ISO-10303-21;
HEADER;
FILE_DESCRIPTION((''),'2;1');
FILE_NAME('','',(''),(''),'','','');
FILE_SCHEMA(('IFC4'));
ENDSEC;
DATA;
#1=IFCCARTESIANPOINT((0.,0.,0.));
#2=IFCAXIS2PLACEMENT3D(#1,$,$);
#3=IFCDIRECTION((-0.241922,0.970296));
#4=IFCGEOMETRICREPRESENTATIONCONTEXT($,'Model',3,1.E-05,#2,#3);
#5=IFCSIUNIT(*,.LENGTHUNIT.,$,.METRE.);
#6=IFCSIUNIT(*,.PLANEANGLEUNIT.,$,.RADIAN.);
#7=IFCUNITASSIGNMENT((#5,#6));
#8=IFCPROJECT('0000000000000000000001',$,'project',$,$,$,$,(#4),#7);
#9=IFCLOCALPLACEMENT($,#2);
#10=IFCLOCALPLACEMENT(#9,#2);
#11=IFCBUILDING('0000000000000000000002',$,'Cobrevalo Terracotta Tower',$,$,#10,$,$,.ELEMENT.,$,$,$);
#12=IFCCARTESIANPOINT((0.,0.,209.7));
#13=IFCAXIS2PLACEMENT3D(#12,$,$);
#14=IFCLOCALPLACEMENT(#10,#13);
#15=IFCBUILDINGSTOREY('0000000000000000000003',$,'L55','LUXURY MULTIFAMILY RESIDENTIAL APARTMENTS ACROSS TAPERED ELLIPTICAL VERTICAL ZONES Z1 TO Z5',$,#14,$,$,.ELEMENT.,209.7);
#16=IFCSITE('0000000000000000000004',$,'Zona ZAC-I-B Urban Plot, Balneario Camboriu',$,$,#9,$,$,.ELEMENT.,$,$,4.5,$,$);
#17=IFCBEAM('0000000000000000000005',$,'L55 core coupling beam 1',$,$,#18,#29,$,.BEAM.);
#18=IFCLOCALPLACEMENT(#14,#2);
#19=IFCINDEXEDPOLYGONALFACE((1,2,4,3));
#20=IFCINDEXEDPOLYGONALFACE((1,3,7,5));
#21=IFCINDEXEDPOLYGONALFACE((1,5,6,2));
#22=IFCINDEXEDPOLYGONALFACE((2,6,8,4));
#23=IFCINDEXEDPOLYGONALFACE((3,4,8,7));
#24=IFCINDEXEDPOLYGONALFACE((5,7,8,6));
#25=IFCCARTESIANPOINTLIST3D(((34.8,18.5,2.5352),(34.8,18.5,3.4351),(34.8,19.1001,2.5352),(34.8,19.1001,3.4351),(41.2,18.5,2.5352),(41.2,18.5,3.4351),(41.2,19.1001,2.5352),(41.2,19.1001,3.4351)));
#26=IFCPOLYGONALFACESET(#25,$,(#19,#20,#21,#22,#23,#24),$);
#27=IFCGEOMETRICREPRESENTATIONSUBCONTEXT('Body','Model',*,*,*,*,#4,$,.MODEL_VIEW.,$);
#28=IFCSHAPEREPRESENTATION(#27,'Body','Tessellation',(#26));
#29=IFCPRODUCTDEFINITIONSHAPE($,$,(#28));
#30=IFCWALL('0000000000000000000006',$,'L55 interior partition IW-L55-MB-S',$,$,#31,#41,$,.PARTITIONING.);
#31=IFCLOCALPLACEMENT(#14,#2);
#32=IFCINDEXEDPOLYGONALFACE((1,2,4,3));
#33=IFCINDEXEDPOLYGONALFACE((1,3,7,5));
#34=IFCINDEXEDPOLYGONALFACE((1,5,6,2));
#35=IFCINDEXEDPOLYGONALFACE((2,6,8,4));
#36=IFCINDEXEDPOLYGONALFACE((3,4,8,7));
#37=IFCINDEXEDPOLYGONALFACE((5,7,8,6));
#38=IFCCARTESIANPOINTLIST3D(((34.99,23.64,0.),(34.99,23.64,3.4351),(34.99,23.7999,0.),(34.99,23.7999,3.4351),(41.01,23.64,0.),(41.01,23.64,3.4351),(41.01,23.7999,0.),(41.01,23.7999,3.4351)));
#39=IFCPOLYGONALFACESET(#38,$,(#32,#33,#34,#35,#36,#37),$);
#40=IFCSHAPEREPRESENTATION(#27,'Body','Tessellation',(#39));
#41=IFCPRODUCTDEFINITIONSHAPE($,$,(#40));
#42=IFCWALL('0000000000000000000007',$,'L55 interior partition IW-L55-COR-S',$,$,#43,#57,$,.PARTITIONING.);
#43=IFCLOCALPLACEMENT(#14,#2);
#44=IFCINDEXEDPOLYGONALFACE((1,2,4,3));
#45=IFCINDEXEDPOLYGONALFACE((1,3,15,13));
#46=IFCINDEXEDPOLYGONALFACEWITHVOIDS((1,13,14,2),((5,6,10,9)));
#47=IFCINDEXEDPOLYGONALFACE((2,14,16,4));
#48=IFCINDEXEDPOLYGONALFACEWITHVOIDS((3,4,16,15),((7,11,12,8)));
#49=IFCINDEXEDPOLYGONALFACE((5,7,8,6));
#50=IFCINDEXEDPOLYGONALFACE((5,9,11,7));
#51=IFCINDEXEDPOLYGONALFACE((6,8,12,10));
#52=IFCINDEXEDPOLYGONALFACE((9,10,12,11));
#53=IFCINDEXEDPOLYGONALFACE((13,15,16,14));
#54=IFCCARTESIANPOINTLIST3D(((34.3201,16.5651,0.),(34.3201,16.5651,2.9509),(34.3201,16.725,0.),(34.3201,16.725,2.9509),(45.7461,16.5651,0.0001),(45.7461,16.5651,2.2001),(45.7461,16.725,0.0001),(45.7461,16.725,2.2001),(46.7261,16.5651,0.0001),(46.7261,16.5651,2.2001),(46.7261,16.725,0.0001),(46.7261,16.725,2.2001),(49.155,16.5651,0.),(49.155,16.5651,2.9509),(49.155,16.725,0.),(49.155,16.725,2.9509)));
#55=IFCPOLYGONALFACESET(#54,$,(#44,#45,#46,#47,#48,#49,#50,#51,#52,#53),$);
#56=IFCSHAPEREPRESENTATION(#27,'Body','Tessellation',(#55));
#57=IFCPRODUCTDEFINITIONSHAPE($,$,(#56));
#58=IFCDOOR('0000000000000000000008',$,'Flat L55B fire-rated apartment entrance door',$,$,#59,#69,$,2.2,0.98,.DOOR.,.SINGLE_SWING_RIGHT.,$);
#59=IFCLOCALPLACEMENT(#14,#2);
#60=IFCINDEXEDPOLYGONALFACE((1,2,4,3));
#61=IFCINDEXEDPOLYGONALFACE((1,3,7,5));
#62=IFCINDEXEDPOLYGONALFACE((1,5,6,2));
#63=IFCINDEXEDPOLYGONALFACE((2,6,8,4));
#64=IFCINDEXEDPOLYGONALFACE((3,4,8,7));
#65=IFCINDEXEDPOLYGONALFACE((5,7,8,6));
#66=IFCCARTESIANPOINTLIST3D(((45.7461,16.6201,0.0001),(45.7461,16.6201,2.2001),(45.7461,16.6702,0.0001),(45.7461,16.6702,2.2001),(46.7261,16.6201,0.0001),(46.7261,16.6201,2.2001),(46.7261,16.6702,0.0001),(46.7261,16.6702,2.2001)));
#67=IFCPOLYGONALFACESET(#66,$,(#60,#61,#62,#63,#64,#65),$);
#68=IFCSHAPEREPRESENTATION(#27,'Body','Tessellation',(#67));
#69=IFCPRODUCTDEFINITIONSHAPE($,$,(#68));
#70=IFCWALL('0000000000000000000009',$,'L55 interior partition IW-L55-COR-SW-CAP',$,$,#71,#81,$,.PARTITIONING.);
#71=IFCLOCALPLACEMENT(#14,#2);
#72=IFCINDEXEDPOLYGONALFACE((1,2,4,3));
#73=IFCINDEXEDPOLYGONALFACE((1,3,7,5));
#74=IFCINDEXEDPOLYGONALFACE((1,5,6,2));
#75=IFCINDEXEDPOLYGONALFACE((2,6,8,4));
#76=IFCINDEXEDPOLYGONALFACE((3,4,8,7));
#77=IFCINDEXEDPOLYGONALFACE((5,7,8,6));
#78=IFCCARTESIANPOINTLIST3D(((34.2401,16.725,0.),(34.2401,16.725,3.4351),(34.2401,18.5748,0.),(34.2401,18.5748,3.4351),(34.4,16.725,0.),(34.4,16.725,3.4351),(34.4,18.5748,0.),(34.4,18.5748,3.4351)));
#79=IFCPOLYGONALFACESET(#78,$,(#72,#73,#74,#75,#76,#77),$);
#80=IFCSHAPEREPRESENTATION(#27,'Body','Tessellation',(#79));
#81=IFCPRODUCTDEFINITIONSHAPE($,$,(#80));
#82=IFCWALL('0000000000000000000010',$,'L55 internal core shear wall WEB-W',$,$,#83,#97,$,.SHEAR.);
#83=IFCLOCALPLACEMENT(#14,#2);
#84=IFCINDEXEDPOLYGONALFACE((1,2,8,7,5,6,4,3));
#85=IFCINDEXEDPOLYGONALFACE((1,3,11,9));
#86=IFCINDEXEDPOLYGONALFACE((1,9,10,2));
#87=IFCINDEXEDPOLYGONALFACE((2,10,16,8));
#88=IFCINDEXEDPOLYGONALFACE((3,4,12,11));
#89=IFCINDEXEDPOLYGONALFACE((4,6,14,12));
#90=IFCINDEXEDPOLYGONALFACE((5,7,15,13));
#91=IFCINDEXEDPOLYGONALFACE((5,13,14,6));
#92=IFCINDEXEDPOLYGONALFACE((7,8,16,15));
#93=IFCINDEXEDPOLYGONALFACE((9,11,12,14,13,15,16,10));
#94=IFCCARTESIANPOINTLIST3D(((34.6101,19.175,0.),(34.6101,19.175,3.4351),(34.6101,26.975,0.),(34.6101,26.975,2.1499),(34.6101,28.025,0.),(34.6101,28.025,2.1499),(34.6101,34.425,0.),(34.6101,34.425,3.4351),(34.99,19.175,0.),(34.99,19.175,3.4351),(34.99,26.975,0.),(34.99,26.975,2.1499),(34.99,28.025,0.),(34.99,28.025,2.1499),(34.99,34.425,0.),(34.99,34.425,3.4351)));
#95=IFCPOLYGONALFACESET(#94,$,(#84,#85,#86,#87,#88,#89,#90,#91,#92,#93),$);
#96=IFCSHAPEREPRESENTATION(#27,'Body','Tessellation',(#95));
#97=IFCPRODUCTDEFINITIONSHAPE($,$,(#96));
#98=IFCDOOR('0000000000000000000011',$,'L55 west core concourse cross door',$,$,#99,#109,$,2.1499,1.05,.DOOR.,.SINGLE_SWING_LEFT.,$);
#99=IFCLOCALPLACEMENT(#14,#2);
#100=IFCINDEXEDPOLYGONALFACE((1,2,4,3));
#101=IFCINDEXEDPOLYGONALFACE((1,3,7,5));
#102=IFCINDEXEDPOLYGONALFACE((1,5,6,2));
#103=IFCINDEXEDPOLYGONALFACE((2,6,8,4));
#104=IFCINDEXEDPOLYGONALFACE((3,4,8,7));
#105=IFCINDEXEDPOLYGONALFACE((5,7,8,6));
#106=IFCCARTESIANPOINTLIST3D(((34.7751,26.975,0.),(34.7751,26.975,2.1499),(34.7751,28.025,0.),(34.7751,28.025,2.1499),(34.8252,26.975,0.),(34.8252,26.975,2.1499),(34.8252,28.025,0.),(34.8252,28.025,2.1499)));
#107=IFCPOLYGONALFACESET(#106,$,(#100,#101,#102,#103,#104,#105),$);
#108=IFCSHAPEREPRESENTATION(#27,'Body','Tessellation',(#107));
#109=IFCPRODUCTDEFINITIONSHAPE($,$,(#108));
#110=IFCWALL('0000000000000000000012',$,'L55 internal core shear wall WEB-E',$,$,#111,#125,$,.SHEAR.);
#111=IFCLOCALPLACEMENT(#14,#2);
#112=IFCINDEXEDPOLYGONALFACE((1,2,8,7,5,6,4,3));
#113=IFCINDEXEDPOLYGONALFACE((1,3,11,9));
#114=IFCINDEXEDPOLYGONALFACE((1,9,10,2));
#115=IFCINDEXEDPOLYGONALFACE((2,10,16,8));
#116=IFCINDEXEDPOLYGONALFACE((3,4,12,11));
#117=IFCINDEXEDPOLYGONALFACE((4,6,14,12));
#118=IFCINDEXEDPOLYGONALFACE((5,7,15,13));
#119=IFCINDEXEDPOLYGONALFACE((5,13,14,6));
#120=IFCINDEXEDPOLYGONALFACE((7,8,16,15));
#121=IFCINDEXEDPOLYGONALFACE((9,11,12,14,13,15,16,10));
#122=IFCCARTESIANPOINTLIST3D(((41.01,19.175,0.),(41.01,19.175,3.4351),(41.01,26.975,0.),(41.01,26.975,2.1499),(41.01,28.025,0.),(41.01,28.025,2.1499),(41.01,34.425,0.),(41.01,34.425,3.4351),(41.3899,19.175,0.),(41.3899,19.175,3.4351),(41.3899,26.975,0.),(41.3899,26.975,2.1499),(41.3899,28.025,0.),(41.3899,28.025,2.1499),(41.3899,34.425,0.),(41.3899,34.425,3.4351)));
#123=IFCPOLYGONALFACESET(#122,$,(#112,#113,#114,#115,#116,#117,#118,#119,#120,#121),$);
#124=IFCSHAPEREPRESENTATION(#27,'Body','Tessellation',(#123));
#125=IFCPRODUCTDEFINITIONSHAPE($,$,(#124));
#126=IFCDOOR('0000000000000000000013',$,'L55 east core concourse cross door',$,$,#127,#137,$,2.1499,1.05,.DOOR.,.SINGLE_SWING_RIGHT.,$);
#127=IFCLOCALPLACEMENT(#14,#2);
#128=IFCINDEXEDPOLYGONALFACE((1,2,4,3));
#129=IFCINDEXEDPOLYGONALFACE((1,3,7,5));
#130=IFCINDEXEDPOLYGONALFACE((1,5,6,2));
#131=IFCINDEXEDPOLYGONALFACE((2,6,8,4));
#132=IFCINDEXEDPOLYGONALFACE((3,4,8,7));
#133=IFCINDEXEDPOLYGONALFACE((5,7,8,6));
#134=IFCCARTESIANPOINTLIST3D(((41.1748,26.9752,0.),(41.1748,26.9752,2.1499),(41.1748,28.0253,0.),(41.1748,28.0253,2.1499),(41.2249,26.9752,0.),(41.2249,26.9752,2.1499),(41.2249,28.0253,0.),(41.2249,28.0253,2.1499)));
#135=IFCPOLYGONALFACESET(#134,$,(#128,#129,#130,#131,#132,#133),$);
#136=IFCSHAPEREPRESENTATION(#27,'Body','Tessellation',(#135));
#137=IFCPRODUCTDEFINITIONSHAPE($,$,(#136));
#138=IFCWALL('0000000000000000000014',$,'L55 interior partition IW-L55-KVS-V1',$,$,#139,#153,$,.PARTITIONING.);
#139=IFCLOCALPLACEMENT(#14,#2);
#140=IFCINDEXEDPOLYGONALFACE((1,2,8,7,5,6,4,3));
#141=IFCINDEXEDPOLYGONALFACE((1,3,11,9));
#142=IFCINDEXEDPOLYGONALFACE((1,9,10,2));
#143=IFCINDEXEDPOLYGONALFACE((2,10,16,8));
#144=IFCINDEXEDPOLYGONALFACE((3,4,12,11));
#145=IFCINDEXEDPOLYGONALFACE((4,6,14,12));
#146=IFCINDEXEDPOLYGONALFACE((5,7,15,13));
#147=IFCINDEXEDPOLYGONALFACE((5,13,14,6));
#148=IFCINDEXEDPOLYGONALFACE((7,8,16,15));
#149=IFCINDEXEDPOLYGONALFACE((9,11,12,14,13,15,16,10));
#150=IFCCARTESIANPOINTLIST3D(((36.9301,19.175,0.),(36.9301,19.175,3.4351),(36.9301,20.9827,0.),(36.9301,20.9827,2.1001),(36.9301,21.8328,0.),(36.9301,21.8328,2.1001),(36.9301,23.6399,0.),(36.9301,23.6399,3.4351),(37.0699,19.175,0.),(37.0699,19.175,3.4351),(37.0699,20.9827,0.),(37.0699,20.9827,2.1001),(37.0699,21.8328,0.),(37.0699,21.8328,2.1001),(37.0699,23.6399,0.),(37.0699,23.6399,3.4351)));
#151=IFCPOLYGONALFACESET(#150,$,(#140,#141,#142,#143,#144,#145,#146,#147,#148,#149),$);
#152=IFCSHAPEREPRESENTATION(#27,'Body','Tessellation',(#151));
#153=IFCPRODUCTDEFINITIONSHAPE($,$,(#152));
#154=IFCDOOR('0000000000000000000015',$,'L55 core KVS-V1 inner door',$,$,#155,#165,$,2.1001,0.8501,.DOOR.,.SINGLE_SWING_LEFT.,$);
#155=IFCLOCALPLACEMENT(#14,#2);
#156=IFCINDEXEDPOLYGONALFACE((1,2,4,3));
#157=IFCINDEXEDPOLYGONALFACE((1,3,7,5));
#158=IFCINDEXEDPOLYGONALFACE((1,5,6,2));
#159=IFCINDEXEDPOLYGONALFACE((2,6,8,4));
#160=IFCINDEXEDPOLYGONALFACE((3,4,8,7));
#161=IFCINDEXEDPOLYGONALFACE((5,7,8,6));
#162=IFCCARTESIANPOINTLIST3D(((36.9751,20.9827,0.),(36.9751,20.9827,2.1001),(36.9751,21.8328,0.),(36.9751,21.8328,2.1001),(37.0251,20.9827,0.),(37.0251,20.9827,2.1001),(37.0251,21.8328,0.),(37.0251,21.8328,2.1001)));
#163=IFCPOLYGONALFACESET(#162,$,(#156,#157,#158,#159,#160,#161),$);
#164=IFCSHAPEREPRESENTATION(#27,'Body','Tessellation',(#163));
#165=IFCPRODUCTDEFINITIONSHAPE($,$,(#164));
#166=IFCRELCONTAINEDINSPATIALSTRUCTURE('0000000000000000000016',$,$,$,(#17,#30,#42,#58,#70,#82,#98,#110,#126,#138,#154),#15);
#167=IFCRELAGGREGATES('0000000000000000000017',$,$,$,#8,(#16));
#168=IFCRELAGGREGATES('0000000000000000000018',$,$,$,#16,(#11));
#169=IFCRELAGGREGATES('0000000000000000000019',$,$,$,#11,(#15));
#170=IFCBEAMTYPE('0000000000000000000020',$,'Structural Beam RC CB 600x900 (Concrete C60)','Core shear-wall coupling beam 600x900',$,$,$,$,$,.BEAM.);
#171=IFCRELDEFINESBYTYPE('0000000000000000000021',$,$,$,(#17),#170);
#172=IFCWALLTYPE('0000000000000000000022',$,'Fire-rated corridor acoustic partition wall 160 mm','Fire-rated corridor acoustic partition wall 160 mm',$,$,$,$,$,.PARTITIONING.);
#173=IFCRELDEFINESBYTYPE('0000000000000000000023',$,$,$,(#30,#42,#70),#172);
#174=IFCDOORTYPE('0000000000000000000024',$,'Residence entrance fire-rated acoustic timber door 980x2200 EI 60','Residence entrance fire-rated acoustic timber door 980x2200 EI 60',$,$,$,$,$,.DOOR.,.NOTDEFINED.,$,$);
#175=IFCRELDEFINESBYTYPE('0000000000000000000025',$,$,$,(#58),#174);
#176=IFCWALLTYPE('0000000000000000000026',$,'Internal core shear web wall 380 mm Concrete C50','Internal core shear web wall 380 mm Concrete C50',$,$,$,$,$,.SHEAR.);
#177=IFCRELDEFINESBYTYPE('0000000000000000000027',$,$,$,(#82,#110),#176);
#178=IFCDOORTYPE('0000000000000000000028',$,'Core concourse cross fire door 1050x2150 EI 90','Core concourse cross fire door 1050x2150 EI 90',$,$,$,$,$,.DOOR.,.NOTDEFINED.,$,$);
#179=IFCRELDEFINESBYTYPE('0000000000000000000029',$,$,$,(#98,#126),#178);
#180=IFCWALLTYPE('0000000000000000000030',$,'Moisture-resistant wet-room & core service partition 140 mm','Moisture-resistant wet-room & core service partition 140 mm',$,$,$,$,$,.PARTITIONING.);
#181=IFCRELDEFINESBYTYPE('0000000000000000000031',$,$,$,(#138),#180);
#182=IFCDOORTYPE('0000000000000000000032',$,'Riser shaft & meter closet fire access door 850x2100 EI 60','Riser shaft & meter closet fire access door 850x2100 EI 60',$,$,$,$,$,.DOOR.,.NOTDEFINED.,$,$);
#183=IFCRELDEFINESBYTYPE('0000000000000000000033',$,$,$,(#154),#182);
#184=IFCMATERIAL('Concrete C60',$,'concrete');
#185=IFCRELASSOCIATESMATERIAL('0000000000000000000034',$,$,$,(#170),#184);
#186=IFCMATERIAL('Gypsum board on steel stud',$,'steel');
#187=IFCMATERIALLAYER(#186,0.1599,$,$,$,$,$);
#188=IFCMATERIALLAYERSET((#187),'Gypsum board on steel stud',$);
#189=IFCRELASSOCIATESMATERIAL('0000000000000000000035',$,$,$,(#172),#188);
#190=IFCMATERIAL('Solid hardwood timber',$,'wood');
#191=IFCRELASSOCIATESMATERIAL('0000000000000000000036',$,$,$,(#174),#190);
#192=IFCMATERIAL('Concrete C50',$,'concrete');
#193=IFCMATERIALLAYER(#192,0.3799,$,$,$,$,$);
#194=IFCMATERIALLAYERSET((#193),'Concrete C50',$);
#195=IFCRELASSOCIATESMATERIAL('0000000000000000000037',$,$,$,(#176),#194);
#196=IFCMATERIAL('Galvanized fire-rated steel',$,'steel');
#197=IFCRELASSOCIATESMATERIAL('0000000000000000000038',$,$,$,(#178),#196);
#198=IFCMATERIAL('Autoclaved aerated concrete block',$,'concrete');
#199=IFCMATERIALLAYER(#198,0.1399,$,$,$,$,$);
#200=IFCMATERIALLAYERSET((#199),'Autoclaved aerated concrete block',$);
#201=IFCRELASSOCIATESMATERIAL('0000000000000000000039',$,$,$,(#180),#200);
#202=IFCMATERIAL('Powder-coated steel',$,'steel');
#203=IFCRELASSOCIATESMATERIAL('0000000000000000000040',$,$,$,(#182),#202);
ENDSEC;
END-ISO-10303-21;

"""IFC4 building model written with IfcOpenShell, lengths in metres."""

from ifc_helpers import new_model, si_unit, direction, frame, frame_2d, origin, origin_2d, place, context, subcontext, project, spatial, rectangle, extrude, source, transform, mapped, material, layer, layer_set, material_profile, profile_set, type_object, element, fill, save


model = new_model("IFC4")

# Units and contexts
model_context = context("Model", 3, precision=1e-05, world=origin(), true_north=direction((-0.241922, 0.970296)))
body_context = subcontext(model_context, "Body", "Model", "MODEL_VIEW")
ifc_project = project(units=[si_unit("LENGTHUNIT", "METRE"), si_unit("PLANEANGLEUNIT", "RADIAN")], contexts=[model_context])

# Site, building, storey
site_placement = place(None, origin())
site = spatial("IfcSite", under=ifc_project, at=site_placement, Name="Zona ZAC-I-B Urban Plot, Balneario Camboriu", CompositionType="ELEMENT", RefElevation=4.5)
building_placement = place(site_placement, origin())
building = spatial("IfcBuilding", under=site, at=building_placement, Name="Cobrevalo Terracotta Tower", CompositionType="ELEMENT")
storey_placement = place(building_placement, frame((0.0, 0.0, 209.7)))
storey = spatial("IfcBuildingStorey", under=building, at=storey_placement, Name="L55", Description="LUXURY MULTIFAMILY RESIDENTIAL APARTMENTS ACROSS TAPERED ELLIPTICAL VERTICAL ZONES Z1 TO Z5", CompositionType="ELEMENT", Elevation=209.7)

# Beam
ifc_material_1 = material(Name="Concrete C60", Category="concrete")
ifc_material_profile = material_profile(ifc_material_1, rectangle(XDim=0.6001, YDim=0.8999, at=origin_2d()), Name="RC CB 600x900")
ifc_profile_set = profile_set([ifc_material_profile], Name="Concrete C60")
beam_type = type_object("IfcBeamType", Name="Structural Beam RC CB 600x900 (Concrete C60)", Description="Core shear-wall coupling beam 600x900", PredefinedType="BEAM", material=ifc_profile_set)
beam_placement = place(storey_placement, frame((34.8, 18.8, 2.9851), z_axis=(1.0, 0.0, 0.0), x_axis=(0.0, 1.0, 0.0)))
element("IfcBeam", 1, at=beam_placement, inside=storey, type_object=beam_type, Name="L55 core coupling beam 1", PredefinedType="BEAM", context=body_context, shape_type="SweptSolid", body=[
    extrude(rectangle(XDim=0.6001, YDim=0.8999, at=origin_2d()), origin(), (0.0, 0.0, 1.0), 6.3999),
])

# Wall
ifc_material_2 = material(Name="Gypsum board on steel stud", Category="steel")
ifc_layer_1 = layer(ifc_material_2, 0.1599)
ifc_layer_set_1 = layer_set([ifc_layer_1], Name="Gypsum board on steel stud")
wall_type_1 = type_object("IfcWallType", Name="Fire-rated corridor acoustic partition wall 160 mm", Description="Fire-rated corridor acoustic partition wall 160 mm", PredefinedType="PARTITIONING", material=ifc_layer_set_1)
wall_1_placement = place(storey_placement, frame((34.99, 23.72, 0.0), z_axis=(0.0, 0.0, 1.0), x_axis=(1.0, 0.0, 0.0)))
element("IfcWall", 2, at=wall_1_placement, inside=storey, type_object=wall_type_1, Name="L55 interior partition IW-L55-MB-S", PredefinedType="PARTITIONING", context=body_context, shape_type="SweptSolid", body=[
    extrude(rectangle(XDim=6.02, YDim=0.1599, at=frame_2d((3.01, 0.0))), origin(), (0.0, 0.0, 1.0), 3.4351),
])

# Wall, opening, door
wall_2_placement = place(storey_placement, frame((34.3201, 16.645, 0.0), z_axis=(0.0, 0.0, 1.0), x_axis=(1.0, 0.0, 0.0)))
wall_2 = element("IfcWall", 3, at=wall_2_placement, inside=storey, type_object=wall_type_1, Name="L55 interior partition IW-L55-COR-S", PredefinedType="PARTITIONING", context=body_context, shape_type="SweptSolid", body=[
    extrude(rectangle(XDim=14.835, YDim=0.1599, at=frame_2d((7.4175, 0.0))), origin(), (0.0, 0.0, 1.0), 2.9509),
])
opening_1_placement = place(wall_2_placement, frame((11.426, 0.0, 0.0)))
opening_1 = element("IfcOpeningElement", 4, at=opening_1_placement, cuts=wall_2, PredefinedType="OPENING", context=body_context, shape_type="SweptSolid", body=[
    extrude(rectangle(XDim=0.98, YDim=2.2, at=frame_2d((0.49, 1.1001))), frame((0.0, 0.0898, 0.0), z_axis=(0.0, -1.0, 0.0), x_axis=(1.0, 0.0, 0.0)), (0.0, 0.0, 1.0), 0.1799),
])
ifc_material_3 = material(Name="Solid hardwood timber", Category="wood")
door_type_1 = type_object("IfcDoorType", Name="Residence entrance fire-rated acoustic timber door 980x2200 EI 60", Description="Residence entrance fire-rated acoustic timber door 980x2200 EI 60", OperationType="NOTDEFINED", PredefinedType="DOOR", material=ifc_material_3)
shared_shape_1 = source(origin(), body_context, "Body", "SweptSolid", [
    extrude(rectangle(XDim=0.98, YDim=2.2, at=frame_2d((0.49, 1.1001))), frame((0.0, 0.0249, 0.0), z_axis=(0.0, -1.0, 0.0), x_axis=(1.0, 0.0, 0.0)), (0.0, 0.0, 1.0), 0.05),
])
door_1_placement = place(opening_1_placement, frame((0.98, 0.0, 0.0), z_axis=(0.0, 0.0, 1.0), x_axis=(-1.0, 0.0, 0.0)))
door_1 = element("IfcDoor", 5, at=door_1_placement, inside=storey, type_object=door_type_1, Name="Flat L55B fire-rated apartment entrance door", OperationType="SINGLE_SWING_RIGHT", OverallHeight=2.2, OverallWidth=0.98, PredefinedType="DOOR", context=body_context, shape_type="MappedRepresentation", body=[
    mapped(shared_shape_1, transform((0.0, 0.0, 0.0), scale=1.0)),
])
fill(opening_1, door_1)

# Wall
wall_3_placement = place(storey_placement, frame((34.3201, 16.7251, 0.0), z_axis=(0.0, 0.0, 1.0), x_axis=(0.0, 1.0, 0.0)))
element("IfcWall", 6, at=wall_3_placement, inside=storey, type_object=wall_type_1, Name="L55 interior partition IW-L55-COR-SW-CAP", PredefinedType="PARTITIONING", context=body_context, shape_type="SweptSolid", body=[
    extrude(rectangle(XDim=1.8499, YDim=0.1599, at=frame_2d((0.9248, 0.0))), origin(), (0.0, 0.0, 1.0), 3.4351),
])

# Walls, openings, doors
ifc_material_4 = material(Name="Concrete C50", Category="concrete")
ifc_layer_2 = layer(ifc_material_4, 0.3799)
ifc_layer_set_2 = layer_set([ifc_layer_2], Name="Concrete C50")
wall_type_2 = type_object("IfcWallType", Name="Internal core shear web wall 380 mm Concrete C50", Description="Internal core shear web wall 380 mm Concrete C50", PredefinedType="SHEAR", material=ifc_layer_set_2)
wall_4_placement = place(storey_placement, frame((34.8, 19.175, 0.0), z_axis=(0.0, 0.0, 1.0), x_axis=(0.0, 1.0, 0.0)))
wall_4 = element("IfcWall", 7, at=wall_4_placement, inside=storey, type_object=wall_type_2, Name="L55 internal core shear wall WEB-W", PredefinedType="SHEAR", context=body_context, shape_type="SweptSolid", body=[
    extrude(rectangle(XDim=15.25, YDim=0.3799, at=frame_2d((7.625, 0.0))), origin(), (0.0, 0.0, 1.0), 3.4351),
])
opening_2_placement = place(wall_4_placement, frame((7.8, 0.0, 0.0)))
opening_2 = element("IfcOpeningElement", 8, at=opening_2_placement, cuts=wall_4, PredefinedType="OPENING", context=body_context, shape_type="SweptSolid", body=[
    extrude(rectangle(XDim=1.05, YDim=2.1499, at=frame_2d((0.5249, 1.075))), frame((0.0, 0.2, 0.0), z_axis=(0.0, -1.0, 0.0), x_axis=(1.0, 0.0, 0.0)), (0.0, 0.0, 1.0), 0.3999),
])
ifc_material_5 = material(Name="Galvanized fire-rated steel", Category="steel")
door_type_2 = type_object("IfcDoorType", Name="Core concourse cross fire door 1050x2150 EI 90", Description="Core concourse cross fire door 1050x2150 EI 90", OperationType="NOTDEFINED", PredefinedType="DOOR", material=ifc_material_5)
shared_shape_2 = source(origin(), body_context, "Body", "SweptSolid", [
    extrude(rectangle(XDim=1.05, YDim=2.1499, at=frame_2d((0.5249, 1.075))), frame((0.0, 0.0249, 0.0), z_axis=(0.0, -1.0, 0.0), x_axis=(1.0, 0.0, 0.0)), (0.0, 0.0, 1.0), 0.05),
])
door_2_placement = place(opening_2_placement, origin())
door_2 = element("IfcDoor", 9, at=door_2_placement, inside=storey, type_object=door_type_2, Name="L55 west core concourse cross door", OperationType="SINGLE_SWING_LEFT", OverallHeight=2.1499, OverallWidth=1.05, PredefinedType="DOOR", context=body_context, shape_type="MappedRepresentation", body=[
    mapped(shared_shape_2, transform((0.0, 0.0, 0.0), scale=1.0)),
])
fill(opening_2, door_2)
wall_5_placement = place(storey_placement, frame((41.2, 19.175, 0.0), z_axis=(0.0, 0.0, 1.0), x_axis=(0.0, 1.0, 0.0)))
wall_5 = element("IfcWall", 10, at=wall_5_placement, inside=storey, type_object=wall_type_2, Name="L55 internal core shear wall WEB-E", PredefinedType="SHEAR", context=body_context, shape_type="SweptSolid", body=[
    extrude(rectangle(XDim=15.25, YDim=0.3799, at=frame_2d((7.625, 0.0))), origin(), (0.0, 0.0, 1.0), 3.4351),
])
opening_3_placement = place(wall_5_placement, frame((7.8, 0.0, 0.0)))
opening_3 = element("IfcOpeningElement", 11, at=opening_3_placement, cuts=wall_5, PredefinedType="OPENING", context=body_context, shape_type="SweptSolid", body=[
    extrude(rectangle(XDim=1.05, YDim=2.1499, at=frame_2d((0.5249, 1.075))), frame((0.0, 0.2, 0.0), z_axis=(0.0, -1.0, 0.0), x_axis=(1.0, 0.0, 0.0)), (0.0, 0.0, 1.0), 0.3999),
])
door_3_placement = place(opening_3_placement, frame((1.05, 0.0, 0.0), z_axis=(0.0, 0.0, 1.0), x_axis=(-1.0, 0.0, 0.0)))
door_3 = element("IfcDoor", 12, at=door_3_placement, inside=storey, type_object=door_type_2, Name="L55 east core concourse cross door", OperationType="SINGLE_SWING_RIGHT", OverallHeight=2.1499, OverallWidth=1.05, PredefinedType="DOOR", context=body_context, shape_type="MappedRepresentation", body=[
    mapped(shared_shape_2, transform((0.0, 0.0, 0.0), scale=1.0)),
])
fill(opening_3, door_3)
ifc_material_6 = material(Name="Autoclaved aerated concrete block", Category="concrete")
ifc_layer_3 = layer(ifc_material_6, 0.1399)
ifc_layer_set_3 = layer_set([ifc_layer_3], Name="Autoclaved aerated concrete block")
wall_type_3 = type_object("IfcWallType", Name="Moisture-resistant wet-room & core service partition 140 mm", Description="Moisture-resistant wet-room & core service partition 140 mm", PredefinedType="PARTITIONING", material=ifc_layer_set_3)
wall_6_placement = place(storey_placement, frame((37.0, 19.175, 0.0), z_axis=(0.0, 0.0, 1.0), x_axis=(0.0, 1.0, 0.0)))
wall_6 = element("IfcWall", 13, at=wall_6_placement, inside=storey, type_object=wall_type_3, Name="L55 interior partition IW-L55-KVS-V1", PredefinedType="PARTITIONING", context=body_context, shape_type="SweptSolid", body=[
    extrude(rectangle(XDim=4.4648, YDim=0.1399, at=frame_2d((2.2324, 0.0))), origin(), (0.0, 0.0, 1.0), 3.4351),
])
opening_4_placement = place(wall_6_placement, frame((1.8076, 0.0, 0.0)))
opening_4 = element("IfcOpeningElement", 14, at=opening_4_placement, cuts=wall_6, PredefinedType="OPENING", context=body_context, shape_type="SweptSolid", body=[
    extrude(rectangle(XDim=0.8501, YDim=2.1001, at=frame_2d((0.425, 1.05))), frame((0.0, 0.0801, 0.0), z_axis=(0.0, -1.0, 0.0), x_axis=(1.0, 0.0, 0.0)), (0.0, 0.0, 1.0), 0.1599),
])
ifc_material_7 = material(Name="Powder-coated steel", Category="steel")
door_type_3 = type_object("IfcDoorType", Name="Riser shaft & meter closet fire access door 850x2100 EI 60", Description="Riser shaft & meter closet fire access door 850x2100 EI 60", OperationType="NOTDEFINED", PredefinedType="DOOR", material=ifc_material_7)
shared_shape_3 = source(origin(), body_context, "Body", "SweptSolid", [
    extrude(rectangle(XDim=0.8501, YDim=2.1001, at=frame_2d((0.425, 1.05))), frame((0.0, 0.0249, 0.0), z_axis=(0.0, -1.0, 0.0), x_axis=(1.0, 0.0, 0.0)), (0.0, 0.0, 1.0), 0.05),
])
door_4_placement = place(opening_4_placement, origin())
door_4 = element("IfcDoor", 15, at=door_4_placement, inside=storey, type_object=door_type_3, Name="L55 core KVS-V1 inner door", OperationType="SINGLE_SWING_LEFT", OverallHeight=2.1001, OverallWidth=0.8501, PredefinedType="DOOR", context=body_context, shape_type="MappedRepresentation", body=[
    mapped(shared_shape_3, transform((0.0, 0.0, 0.0), scale=1.0)),
])
fill(opening_4, door_4)

save(model, "model.ifc")
